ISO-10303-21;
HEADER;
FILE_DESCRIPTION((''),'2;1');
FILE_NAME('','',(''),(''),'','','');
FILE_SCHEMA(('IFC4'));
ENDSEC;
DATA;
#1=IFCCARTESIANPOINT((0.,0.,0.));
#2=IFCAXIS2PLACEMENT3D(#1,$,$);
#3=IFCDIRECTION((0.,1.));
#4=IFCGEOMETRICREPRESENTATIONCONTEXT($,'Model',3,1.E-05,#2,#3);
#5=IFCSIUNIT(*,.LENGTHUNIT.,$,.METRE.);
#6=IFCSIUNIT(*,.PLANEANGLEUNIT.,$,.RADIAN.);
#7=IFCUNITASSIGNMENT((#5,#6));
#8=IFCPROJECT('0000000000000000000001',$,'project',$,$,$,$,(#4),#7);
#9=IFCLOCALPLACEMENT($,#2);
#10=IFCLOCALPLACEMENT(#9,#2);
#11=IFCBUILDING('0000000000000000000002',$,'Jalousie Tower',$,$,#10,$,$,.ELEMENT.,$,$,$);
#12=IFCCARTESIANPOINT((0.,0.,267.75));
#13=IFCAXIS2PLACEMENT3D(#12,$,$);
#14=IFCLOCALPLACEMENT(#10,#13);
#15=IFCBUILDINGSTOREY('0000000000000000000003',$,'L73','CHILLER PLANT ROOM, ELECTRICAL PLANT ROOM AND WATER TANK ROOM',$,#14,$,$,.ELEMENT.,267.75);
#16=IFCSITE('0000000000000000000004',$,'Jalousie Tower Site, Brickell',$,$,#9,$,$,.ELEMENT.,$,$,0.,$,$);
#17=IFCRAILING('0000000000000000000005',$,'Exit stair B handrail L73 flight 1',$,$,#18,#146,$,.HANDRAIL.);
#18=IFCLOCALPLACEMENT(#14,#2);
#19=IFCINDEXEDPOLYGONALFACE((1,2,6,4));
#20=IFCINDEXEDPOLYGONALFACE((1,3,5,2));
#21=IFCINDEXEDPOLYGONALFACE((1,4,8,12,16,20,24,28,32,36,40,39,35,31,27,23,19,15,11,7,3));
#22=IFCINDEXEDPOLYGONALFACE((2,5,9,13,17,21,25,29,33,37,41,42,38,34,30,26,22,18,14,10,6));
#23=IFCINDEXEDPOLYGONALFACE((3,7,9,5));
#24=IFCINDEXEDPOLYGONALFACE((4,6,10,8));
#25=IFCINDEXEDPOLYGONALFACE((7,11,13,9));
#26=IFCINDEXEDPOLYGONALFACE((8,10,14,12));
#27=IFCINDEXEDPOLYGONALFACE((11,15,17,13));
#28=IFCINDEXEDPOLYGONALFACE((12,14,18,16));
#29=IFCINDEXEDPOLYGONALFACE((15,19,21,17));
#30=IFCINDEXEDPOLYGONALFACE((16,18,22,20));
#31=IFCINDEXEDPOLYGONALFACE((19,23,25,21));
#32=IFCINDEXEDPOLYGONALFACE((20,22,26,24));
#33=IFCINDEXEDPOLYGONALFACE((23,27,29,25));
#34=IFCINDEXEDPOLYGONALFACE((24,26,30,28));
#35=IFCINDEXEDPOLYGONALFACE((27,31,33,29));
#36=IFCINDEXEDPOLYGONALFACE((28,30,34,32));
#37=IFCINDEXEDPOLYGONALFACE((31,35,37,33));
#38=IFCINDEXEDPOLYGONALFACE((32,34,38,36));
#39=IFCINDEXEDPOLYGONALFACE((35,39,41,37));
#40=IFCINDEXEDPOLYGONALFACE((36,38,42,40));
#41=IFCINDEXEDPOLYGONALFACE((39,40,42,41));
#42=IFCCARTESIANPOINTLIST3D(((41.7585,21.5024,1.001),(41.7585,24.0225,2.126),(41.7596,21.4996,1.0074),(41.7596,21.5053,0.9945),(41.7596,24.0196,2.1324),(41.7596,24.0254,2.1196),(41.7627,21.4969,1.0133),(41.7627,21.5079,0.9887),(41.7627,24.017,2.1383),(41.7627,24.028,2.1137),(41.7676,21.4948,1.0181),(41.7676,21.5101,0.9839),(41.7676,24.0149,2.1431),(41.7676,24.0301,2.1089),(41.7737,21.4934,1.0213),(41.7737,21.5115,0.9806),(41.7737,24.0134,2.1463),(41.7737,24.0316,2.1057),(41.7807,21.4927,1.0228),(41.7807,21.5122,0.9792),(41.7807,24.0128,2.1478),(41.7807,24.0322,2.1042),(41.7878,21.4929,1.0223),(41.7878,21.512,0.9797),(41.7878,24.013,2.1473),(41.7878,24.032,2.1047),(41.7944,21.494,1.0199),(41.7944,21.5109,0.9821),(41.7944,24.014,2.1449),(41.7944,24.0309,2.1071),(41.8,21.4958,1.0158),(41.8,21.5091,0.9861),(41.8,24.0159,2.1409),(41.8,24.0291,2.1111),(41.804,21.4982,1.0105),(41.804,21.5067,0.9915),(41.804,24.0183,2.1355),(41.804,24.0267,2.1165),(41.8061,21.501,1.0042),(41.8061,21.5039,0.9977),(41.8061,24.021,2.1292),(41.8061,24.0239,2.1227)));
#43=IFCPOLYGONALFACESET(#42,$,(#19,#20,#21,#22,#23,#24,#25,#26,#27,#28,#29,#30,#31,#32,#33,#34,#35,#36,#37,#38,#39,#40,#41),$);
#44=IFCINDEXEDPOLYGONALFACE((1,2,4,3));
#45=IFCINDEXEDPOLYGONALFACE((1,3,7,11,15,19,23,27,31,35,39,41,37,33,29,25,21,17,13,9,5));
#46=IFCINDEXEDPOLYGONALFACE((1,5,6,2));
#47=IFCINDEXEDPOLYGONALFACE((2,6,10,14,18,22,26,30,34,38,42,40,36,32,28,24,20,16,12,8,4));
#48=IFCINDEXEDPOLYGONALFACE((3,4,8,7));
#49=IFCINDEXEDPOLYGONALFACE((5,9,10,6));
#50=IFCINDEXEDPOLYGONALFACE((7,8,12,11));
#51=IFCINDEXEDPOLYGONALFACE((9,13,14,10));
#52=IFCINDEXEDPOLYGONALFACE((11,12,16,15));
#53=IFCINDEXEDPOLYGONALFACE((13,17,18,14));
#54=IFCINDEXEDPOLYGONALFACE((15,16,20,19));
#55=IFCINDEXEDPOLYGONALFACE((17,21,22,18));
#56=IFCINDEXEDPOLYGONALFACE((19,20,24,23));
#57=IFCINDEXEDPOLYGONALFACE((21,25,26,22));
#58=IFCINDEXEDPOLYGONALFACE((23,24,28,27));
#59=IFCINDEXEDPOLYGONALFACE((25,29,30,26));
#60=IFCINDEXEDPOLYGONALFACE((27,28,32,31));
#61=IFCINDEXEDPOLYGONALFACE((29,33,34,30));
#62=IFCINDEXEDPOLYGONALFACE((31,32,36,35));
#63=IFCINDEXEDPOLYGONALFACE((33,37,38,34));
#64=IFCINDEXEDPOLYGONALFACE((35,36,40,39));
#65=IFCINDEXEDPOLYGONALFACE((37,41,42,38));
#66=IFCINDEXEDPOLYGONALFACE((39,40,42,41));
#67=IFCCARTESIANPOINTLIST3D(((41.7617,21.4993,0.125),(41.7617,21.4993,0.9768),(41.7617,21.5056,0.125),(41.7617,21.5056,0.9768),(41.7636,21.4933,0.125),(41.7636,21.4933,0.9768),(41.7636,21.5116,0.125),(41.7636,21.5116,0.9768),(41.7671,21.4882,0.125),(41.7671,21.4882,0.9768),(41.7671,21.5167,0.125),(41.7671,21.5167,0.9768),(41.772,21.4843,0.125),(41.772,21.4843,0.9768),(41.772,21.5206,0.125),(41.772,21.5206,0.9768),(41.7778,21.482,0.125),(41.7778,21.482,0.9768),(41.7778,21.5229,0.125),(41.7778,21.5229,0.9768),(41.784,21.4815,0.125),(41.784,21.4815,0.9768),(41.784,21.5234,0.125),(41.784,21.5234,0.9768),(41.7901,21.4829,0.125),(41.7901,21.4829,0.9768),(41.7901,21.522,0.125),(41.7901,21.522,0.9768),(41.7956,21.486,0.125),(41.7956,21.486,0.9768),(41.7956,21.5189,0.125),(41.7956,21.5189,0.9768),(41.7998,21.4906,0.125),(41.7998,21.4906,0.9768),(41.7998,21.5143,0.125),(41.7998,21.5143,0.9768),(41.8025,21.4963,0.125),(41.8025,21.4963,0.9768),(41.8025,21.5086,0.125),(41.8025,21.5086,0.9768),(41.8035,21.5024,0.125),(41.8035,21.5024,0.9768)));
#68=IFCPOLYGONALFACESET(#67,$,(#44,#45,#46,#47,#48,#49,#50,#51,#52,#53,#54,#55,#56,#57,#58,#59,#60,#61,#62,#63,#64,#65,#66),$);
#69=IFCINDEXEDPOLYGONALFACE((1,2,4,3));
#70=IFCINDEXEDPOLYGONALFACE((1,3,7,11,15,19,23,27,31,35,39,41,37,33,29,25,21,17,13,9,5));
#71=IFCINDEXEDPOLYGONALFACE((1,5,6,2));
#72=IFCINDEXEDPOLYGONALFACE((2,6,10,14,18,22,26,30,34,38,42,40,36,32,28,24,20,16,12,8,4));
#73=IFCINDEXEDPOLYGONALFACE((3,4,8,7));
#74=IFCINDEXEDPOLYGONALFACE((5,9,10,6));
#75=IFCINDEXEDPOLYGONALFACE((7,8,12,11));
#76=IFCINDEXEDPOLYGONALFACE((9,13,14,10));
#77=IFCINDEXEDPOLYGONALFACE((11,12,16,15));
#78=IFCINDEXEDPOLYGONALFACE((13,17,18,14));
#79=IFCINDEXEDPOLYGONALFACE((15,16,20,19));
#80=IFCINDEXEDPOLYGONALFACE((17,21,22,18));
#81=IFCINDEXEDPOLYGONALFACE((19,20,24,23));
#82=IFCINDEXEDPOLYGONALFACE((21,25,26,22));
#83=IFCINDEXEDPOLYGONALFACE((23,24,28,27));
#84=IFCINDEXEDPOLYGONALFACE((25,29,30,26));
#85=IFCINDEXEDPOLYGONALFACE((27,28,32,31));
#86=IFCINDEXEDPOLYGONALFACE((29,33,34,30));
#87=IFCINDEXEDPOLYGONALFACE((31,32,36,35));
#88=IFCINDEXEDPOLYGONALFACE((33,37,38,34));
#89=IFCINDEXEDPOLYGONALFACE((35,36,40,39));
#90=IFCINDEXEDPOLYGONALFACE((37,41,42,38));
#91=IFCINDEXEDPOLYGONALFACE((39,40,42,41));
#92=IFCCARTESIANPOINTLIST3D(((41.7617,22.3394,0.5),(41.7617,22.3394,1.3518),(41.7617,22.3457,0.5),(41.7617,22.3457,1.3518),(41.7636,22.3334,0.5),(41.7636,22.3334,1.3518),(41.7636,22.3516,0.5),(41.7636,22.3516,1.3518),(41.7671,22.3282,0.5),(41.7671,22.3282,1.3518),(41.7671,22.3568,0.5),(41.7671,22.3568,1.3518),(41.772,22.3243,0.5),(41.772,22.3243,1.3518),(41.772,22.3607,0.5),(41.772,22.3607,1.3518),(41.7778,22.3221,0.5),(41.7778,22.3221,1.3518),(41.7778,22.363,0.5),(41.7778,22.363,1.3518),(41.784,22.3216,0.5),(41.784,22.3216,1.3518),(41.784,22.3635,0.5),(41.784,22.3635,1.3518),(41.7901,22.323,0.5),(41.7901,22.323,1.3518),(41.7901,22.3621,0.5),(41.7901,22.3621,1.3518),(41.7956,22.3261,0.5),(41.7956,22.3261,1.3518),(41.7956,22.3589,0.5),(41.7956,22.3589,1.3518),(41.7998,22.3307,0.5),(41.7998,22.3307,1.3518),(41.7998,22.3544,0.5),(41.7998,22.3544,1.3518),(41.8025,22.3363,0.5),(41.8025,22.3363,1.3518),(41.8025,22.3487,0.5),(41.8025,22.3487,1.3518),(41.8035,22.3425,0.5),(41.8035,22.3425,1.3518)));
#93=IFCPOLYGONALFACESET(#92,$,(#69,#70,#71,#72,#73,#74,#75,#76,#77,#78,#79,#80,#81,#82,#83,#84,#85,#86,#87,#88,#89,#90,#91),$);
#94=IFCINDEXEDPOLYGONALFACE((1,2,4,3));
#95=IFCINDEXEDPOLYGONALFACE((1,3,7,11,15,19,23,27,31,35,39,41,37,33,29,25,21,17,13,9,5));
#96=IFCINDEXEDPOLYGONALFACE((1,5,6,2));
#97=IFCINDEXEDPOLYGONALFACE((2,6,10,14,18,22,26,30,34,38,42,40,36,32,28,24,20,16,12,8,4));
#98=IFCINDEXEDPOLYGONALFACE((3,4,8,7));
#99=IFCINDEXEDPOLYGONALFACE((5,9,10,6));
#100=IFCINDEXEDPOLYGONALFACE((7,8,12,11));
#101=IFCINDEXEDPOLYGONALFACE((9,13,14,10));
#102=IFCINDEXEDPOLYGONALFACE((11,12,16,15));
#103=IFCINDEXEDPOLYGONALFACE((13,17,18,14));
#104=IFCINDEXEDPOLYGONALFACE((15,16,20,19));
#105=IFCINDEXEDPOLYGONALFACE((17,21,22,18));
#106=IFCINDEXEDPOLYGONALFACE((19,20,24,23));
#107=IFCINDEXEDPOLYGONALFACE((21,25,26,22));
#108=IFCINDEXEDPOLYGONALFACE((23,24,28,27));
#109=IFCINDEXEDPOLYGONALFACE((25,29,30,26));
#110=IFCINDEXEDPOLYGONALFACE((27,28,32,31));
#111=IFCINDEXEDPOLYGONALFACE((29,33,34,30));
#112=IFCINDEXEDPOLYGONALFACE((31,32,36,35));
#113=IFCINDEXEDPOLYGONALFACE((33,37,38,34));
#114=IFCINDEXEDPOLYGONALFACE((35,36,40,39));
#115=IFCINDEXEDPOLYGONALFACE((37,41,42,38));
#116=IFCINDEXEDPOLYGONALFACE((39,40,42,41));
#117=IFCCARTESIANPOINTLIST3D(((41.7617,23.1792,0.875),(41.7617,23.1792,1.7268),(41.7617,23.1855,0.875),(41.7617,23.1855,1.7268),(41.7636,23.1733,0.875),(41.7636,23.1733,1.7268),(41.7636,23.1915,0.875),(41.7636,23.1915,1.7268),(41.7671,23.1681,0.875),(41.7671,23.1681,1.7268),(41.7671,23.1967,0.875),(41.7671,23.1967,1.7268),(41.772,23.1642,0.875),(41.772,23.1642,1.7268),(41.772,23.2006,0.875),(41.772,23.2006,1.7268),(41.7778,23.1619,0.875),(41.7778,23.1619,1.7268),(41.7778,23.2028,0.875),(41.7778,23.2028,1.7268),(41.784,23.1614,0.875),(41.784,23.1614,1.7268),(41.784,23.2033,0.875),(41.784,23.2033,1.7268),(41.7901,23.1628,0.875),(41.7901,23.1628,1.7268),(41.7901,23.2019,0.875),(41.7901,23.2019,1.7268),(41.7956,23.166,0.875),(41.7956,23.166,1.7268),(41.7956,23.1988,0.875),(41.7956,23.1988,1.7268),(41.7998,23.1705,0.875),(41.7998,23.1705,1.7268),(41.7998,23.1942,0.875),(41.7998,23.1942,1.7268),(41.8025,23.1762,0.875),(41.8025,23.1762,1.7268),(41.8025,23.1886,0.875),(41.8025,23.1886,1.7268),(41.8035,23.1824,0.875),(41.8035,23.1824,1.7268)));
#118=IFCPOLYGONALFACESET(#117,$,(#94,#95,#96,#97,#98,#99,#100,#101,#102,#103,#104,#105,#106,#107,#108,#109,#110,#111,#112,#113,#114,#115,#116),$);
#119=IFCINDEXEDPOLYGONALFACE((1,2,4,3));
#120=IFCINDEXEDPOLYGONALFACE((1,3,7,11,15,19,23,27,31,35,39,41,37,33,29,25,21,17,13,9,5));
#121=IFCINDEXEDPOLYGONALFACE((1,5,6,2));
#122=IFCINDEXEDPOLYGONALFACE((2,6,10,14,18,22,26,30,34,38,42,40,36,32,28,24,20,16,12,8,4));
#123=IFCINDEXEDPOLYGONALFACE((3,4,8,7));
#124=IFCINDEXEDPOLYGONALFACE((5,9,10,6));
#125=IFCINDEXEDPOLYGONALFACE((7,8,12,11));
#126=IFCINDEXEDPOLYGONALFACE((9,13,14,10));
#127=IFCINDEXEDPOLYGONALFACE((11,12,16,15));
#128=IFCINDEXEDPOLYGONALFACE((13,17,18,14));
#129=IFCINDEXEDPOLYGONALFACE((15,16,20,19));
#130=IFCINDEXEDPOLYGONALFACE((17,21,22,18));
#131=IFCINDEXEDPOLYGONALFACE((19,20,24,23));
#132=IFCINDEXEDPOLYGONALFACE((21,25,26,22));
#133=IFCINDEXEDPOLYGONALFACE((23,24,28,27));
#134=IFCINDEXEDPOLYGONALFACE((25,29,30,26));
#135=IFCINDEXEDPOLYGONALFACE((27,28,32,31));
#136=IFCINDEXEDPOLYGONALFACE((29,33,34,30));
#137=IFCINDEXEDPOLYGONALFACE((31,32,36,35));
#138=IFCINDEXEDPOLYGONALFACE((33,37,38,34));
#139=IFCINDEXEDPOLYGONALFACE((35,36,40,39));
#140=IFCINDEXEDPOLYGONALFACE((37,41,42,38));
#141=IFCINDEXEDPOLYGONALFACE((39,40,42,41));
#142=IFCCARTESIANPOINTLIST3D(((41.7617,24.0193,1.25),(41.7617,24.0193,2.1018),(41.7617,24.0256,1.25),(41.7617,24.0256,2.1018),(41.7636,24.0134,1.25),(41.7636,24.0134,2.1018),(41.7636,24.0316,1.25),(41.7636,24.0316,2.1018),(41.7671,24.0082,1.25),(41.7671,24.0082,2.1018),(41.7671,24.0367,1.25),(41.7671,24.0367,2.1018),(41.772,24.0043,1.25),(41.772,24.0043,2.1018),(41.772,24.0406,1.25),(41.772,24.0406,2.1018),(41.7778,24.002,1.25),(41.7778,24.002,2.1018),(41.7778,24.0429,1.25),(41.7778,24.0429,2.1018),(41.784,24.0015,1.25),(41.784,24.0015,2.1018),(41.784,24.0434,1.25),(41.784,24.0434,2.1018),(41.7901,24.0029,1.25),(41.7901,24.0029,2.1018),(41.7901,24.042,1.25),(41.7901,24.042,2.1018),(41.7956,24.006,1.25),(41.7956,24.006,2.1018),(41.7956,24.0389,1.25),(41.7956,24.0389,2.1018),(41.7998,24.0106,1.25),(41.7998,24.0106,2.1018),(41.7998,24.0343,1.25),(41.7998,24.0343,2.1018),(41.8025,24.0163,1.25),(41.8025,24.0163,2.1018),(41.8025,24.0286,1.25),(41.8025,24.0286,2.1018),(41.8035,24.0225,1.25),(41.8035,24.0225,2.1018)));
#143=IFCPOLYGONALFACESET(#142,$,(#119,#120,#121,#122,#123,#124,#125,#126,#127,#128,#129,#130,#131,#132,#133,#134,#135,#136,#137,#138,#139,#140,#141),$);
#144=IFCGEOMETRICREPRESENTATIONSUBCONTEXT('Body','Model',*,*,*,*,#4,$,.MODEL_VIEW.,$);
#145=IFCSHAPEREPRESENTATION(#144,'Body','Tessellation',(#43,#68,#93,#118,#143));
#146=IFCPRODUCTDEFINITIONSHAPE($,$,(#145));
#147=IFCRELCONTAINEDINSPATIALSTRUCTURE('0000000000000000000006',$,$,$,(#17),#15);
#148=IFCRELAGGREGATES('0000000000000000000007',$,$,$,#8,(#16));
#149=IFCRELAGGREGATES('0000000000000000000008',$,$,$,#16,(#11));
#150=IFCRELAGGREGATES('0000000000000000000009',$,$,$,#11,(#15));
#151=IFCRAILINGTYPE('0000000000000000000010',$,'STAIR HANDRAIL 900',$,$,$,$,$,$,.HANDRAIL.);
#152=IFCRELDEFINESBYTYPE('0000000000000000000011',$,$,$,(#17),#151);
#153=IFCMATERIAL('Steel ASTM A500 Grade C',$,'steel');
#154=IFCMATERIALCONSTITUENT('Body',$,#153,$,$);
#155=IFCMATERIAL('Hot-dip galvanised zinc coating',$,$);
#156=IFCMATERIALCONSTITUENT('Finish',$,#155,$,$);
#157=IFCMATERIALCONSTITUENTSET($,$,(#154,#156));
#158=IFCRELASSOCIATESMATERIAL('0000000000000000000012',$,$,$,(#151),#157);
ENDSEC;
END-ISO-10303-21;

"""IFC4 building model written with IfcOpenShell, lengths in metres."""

from ifc_helpers import new_model, si_unit, direction, frame, origin, origin_2d, place, context, subcontext, project, spatial, circle, extrude, material, constituent, constituent_set, type_object, element, save


model = new_model("IFC4")

# Units and contexts
model_context = context("Model", 3, precision=1e-05, world=origin(), true_north=direction((0.0, 1.0)))
body_context = subcontext(model_context, "Body", "Model", "MODEL_VIEW")
ifc_project = project(units=[si_unit("LENGTHUNIT", "METRE"), si_unit("PLANEANGLEUNIT", "RADIAN")], contexts=[model_context])

# Site, building, storey
site_placement = place(None, origin())
site = spatial("IfcSite", under=ifc_project, at=site_placement, Name="Jalousie Tower Site, Brickell", CompositionType="ELEMENT", RefElevation=0.0)
building_placement = place(site_placement, origin())
building = spatial("IfcBuilding", under=site, at=building_placement, Name="Jalousie Tower", CompositionType="ELEMENT")
storey_placement = place(building_placement, frame((0.0, 0.0, 267.75)))
storey = spatial("IfcBuildingStorey", under=building, at=storey_placement, Name="L73", Description="CHILLER PLANT ROOM, ELECTRICAL PLANT ROOM AND WATER TANK ROOM", CompositionType="ELEMENT", Elevation=267.75)

# Railing
ifc_material_1 = material(Name="Steel ASTM A500 Grade C", Category="steel")
ifc_constituent_1 = constituent(ifc_material_1, Name="Body")
ifc_material_2 = material(Name="Hot-dip galvanised zinc coating")
ifc_constituent_2 = constituent(ifc_material_2, Name="Finish")
ifc_constituent_set_1 = constituent_set(constituents=[ifc_constituent_1, ifc_constituent_2])
railing_type_1 = type_object("IfcRailingType", Name="STAIR HANDRAIL 900", PredefinedType="HANDRAIL", material=ifc_constituent_set_1)
railing_1_placement = place(storey_placement, frame((41.7825, 21.5024, 0.125)))
element("IfcRailing", 1, at=railing_1_placement, inside=storey, type_object=railing_type_1, Name="Exit stair B handrail L73 flight 1", PredefinedType="HANDRAIL", context=body_context, shape_type="SweptSolid", body=[
    extrude(circle(Radius=0.0239, at=origin_2d()), frame((0.0, 0.0, 0.876), z_axis=(0.0, 0.913139, 0.407648), x_axis=(-1.0, 0.0, 0.0)), (0.0, 0.0, 1.0), 2.7598),
    extrude(circle(Radius=0.021, at=origin_2d()), origin(), (0.0, 0.0, 1.0), 0.8518),
    extrude(circle(Radius=0.021, at=origin_2d()), frame((0.0, 0.8401, 0.375)), (0.0, 0.0, 1.0), 0.8518),
    extrude(circle(Radius=0.021, at=origin_2d()), frame((0.0, 1.6799, 0.75)), (0.0, 0.0, 1.0), 0.8518),
    extrude(circle(Radius=0.021, at=origin_2d()), frame((0.0, 2.52, 1.125)), (0.0, 0.0, 1.0), 0.8518),
])

save(model, "model.ifc")
